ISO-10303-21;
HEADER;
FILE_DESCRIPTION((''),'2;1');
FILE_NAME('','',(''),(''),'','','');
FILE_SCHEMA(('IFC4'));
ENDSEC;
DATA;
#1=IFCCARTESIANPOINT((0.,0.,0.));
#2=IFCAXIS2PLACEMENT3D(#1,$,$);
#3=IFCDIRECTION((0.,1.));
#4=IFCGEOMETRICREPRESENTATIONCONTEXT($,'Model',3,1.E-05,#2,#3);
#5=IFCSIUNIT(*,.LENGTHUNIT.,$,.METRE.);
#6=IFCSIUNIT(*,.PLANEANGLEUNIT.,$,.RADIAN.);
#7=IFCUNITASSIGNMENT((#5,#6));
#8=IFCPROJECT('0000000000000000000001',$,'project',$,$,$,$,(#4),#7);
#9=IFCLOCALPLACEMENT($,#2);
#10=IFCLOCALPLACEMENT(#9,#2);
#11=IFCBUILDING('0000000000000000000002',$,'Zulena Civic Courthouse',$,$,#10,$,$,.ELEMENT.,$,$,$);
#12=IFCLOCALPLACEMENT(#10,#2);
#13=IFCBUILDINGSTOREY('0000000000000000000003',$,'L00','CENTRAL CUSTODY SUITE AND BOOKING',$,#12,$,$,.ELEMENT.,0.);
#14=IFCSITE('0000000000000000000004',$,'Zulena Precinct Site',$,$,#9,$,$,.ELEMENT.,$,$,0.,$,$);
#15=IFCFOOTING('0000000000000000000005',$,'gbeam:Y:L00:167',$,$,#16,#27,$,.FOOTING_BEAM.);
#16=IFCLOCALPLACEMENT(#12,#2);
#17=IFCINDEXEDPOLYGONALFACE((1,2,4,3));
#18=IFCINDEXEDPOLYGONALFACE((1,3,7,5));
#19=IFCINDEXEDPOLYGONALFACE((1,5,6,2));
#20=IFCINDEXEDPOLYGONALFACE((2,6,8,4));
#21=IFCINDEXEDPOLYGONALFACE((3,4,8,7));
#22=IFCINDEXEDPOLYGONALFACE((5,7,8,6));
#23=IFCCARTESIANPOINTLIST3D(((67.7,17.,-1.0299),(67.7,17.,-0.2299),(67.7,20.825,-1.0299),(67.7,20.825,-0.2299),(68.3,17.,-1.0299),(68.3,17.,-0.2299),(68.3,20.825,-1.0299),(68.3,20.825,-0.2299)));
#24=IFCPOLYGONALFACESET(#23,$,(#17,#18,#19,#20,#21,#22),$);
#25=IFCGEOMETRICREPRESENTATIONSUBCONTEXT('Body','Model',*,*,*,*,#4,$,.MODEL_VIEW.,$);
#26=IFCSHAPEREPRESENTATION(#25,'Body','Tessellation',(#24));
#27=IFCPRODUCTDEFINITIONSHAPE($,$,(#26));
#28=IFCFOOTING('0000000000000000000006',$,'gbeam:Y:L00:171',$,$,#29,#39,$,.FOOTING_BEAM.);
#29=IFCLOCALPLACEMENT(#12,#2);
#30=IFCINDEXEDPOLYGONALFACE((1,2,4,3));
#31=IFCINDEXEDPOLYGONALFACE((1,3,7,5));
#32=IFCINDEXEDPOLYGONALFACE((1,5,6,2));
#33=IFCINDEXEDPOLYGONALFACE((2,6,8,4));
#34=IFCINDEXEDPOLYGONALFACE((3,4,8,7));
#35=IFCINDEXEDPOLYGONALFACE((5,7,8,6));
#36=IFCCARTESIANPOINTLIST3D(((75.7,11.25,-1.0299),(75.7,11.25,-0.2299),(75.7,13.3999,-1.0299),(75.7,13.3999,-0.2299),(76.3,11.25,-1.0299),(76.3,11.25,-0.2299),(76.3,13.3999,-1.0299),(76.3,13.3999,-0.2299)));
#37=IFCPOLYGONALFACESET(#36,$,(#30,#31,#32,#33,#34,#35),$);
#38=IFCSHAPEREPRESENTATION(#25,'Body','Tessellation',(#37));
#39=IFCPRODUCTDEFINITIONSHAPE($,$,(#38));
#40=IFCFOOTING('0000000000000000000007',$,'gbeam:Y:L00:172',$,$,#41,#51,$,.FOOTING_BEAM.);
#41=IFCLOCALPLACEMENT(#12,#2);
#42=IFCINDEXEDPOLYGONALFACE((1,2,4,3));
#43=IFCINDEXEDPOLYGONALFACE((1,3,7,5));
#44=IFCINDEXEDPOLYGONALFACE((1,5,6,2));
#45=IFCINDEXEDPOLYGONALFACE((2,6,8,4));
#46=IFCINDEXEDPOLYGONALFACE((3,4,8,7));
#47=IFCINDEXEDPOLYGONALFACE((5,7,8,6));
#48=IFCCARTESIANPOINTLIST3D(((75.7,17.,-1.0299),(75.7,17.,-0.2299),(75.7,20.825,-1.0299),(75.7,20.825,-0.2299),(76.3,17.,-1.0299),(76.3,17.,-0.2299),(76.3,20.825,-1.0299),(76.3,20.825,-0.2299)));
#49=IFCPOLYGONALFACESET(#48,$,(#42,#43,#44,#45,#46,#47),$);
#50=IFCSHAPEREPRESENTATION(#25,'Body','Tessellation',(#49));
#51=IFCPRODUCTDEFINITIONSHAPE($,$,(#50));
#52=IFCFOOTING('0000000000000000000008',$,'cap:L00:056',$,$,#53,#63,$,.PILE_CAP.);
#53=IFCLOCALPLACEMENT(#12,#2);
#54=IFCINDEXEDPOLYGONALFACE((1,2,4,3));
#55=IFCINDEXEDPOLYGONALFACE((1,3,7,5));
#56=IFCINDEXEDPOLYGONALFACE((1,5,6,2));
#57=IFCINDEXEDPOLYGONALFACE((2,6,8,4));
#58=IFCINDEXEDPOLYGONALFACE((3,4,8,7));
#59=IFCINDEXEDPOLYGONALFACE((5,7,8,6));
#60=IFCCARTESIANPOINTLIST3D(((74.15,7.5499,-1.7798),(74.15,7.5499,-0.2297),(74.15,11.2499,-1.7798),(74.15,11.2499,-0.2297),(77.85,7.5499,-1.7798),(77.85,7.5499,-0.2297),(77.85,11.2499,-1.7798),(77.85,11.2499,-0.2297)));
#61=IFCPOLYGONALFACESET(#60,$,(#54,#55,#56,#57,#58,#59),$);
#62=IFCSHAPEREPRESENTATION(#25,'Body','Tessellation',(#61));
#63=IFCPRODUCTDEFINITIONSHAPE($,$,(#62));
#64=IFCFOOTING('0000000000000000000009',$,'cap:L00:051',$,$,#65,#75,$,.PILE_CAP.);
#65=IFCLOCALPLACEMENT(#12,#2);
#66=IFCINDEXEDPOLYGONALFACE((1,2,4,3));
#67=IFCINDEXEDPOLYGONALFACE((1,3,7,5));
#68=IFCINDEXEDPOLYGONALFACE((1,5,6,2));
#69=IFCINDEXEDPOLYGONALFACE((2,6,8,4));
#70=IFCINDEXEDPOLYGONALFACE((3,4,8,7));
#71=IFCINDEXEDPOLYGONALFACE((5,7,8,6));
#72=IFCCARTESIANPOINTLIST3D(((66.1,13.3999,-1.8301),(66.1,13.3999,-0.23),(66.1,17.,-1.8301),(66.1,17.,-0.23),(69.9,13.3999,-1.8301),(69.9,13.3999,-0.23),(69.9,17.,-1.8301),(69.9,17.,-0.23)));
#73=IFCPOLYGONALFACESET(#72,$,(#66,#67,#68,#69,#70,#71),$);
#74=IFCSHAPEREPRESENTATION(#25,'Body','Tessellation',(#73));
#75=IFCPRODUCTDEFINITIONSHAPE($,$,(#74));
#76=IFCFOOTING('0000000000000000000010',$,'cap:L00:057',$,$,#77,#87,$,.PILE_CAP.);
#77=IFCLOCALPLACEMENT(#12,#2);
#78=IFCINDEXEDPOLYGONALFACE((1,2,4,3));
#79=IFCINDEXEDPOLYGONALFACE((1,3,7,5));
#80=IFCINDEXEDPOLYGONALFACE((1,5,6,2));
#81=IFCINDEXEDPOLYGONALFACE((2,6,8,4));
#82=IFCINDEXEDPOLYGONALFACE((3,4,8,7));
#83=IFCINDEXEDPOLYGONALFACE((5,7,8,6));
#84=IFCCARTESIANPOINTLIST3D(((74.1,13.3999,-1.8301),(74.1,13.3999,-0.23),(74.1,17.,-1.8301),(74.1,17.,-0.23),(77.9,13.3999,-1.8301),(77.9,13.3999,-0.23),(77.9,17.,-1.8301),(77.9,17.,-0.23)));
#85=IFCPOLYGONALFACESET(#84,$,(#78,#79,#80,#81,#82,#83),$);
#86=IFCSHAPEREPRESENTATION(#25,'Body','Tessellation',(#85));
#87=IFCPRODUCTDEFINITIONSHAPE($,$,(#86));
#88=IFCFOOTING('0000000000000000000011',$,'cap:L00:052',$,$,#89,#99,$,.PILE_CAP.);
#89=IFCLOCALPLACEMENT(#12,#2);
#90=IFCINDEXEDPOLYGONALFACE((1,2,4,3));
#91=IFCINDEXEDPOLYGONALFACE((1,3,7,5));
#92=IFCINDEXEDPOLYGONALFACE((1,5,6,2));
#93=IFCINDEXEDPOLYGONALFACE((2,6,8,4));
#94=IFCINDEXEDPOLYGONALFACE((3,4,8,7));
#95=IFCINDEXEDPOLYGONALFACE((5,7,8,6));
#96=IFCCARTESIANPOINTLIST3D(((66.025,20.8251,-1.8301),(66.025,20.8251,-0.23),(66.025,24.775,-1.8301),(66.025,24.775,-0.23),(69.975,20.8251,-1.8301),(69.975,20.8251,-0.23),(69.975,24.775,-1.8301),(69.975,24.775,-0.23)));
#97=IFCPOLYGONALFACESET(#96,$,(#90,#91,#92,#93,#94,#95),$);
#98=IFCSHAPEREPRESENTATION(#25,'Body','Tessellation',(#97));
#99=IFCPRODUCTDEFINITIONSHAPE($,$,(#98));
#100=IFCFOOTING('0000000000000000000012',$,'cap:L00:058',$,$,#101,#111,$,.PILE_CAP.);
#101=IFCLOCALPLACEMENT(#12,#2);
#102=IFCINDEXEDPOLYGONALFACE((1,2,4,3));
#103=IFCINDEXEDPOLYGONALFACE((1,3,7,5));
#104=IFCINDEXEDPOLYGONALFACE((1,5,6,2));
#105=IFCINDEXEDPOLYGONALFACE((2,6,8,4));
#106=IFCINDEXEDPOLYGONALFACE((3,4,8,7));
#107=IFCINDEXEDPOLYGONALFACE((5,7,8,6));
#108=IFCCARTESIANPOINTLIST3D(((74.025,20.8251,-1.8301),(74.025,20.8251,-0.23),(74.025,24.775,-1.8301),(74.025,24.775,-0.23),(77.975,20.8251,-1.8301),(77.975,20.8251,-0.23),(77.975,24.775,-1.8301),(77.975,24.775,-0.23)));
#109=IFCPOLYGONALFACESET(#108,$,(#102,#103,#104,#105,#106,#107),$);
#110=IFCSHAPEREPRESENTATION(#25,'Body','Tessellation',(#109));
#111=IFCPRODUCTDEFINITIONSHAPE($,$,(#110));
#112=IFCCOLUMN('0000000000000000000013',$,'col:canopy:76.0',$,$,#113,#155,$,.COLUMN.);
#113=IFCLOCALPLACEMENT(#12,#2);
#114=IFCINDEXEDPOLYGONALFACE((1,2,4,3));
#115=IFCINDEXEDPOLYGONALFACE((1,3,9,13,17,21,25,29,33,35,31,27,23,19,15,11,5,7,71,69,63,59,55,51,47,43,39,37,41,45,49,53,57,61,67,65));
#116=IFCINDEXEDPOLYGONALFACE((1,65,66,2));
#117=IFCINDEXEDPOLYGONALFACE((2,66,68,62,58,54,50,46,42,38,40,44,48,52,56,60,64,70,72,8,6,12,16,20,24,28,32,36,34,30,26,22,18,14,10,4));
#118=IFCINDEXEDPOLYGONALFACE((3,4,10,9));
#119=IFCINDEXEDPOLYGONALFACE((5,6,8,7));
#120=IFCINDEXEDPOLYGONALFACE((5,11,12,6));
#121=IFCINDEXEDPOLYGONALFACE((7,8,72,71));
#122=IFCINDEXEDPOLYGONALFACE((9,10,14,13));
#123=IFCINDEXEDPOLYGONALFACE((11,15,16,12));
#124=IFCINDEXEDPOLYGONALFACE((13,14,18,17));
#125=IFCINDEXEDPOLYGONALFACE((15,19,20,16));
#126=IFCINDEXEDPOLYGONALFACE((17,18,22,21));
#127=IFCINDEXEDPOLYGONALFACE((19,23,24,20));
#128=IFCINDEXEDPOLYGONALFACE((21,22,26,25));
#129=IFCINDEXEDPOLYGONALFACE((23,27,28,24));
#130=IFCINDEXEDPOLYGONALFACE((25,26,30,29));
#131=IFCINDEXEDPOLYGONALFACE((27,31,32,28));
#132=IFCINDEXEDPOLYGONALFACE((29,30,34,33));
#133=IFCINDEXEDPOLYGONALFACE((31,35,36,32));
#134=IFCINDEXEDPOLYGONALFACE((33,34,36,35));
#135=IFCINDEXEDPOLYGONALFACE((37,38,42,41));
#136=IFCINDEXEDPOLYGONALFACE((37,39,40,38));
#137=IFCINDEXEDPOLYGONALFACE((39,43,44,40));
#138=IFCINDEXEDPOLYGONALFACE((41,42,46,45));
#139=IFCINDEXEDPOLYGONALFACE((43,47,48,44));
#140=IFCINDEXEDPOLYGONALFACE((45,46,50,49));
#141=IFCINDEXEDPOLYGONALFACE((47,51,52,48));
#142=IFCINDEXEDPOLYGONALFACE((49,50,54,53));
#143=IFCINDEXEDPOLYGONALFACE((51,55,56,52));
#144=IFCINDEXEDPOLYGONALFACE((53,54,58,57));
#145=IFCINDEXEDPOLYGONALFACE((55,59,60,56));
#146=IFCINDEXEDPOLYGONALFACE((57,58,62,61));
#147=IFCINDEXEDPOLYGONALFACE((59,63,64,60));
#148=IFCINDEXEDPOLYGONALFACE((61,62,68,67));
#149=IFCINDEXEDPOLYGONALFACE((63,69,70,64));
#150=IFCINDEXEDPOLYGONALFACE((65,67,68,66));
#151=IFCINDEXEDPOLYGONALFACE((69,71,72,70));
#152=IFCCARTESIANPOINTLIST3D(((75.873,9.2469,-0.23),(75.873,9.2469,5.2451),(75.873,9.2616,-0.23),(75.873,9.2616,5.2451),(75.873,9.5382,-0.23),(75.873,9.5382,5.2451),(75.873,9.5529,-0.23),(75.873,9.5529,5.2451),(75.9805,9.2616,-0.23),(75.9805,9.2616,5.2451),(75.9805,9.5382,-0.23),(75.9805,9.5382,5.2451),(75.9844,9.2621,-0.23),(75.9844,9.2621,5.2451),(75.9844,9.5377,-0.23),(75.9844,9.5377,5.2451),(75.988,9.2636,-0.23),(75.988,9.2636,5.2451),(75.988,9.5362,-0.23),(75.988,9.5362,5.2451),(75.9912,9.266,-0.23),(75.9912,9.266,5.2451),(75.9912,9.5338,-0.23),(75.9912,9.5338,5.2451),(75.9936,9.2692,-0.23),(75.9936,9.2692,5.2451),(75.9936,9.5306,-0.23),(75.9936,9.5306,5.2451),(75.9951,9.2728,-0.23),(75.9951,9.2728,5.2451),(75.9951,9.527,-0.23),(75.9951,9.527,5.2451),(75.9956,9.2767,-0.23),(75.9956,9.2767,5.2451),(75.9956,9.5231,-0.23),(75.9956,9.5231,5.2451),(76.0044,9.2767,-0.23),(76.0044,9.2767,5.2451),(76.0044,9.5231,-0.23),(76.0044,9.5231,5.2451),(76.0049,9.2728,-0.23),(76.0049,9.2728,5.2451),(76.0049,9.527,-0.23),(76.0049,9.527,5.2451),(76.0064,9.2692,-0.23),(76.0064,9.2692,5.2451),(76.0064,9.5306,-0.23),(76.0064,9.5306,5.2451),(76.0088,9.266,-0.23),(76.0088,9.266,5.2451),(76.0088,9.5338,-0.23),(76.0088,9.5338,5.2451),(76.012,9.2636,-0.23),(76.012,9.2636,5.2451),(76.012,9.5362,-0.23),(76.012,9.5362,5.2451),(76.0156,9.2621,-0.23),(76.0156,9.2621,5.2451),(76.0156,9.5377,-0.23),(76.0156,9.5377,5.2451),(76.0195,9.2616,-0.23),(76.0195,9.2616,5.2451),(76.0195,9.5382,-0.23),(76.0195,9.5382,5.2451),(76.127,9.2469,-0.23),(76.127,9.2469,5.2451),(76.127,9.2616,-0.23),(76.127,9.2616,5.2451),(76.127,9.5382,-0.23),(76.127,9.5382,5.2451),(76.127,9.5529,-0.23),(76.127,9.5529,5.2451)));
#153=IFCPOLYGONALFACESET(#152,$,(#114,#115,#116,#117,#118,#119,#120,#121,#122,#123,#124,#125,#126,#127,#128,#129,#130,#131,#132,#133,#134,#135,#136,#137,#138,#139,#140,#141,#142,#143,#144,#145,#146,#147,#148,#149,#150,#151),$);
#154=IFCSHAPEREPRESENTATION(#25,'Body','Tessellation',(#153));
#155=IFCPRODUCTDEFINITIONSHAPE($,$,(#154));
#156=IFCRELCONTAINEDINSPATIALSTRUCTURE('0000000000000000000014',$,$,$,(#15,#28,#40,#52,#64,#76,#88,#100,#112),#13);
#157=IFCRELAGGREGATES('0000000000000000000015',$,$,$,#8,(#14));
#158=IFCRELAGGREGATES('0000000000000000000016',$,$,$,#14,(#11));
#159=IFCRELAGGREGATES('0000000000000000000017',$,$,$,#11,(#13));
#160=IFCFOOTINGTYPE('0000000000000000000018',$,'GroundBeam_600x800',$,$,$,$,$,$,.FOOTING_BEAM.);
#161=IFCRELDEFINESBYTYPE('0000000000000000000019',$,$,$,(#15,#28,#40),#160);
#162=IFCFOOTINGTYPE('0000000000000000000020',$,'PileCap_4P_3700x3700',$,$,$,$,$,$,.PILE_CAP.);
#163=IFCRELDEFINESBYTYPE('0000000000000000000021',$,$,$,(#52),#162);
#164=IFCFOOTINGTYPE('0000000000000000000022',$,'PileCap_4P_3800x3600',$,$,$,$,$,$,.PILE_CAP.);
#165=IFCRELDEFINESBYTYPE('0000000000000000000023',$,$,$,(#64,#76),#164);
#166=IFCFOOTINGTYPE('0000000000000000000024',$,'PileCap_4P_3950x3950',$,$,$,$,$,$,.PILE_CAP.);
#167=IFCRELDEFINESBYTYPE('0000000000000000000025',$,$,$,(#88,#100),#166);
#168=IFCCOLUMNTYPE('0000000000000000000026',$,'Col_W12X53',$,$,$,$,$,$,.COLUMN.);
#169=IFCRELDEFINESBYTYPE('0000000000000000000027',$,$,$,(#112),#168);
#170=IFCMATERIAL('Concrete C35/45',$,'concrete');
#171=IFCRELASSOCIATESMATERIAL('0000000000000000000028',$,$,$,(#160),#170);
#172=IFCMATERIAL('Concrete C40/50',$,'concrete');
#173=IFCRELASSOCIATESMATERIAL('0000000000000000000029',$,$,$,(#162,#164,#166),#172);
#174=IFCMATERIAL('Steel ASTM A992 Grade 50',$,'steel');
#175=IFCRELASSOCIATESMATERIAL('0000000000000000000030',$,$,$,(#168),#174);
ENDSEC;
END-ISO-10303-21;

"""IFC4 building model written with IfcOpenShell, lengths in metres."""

from ifc_helpers import new_model, si_unit, direction, frame, origin, origin_2d, place, context, subcontext, project, spatial, rectangle, i_section, extrude, material, material_profile, profile_set, type_object, element, save


model = new_model("IFC4")

# Units and contexts
model_context = context("Model", 3, precision=1e-05, world=origin(), true_north=direction((0.0, 1.0)))
body_context = subcontext(model_context, "Body", "Model", "MODEL_VIEW")
ifc_project = project(units=[si_unit("LENGTHUNIT", "METRE"), si_unit("PLANEANGLEUNIT", "RADIAN")], contexts=[model_context])

# Site, building, storey
site_placement = place(None, origin())
site = spatial("IfcSite", under=ifc_project, at=site_placement, Name="Zulena Precinct Site", CompositionType="ELEMENT", RefElevation=0.0)
building_placement = place(site_placement, origin())
building = spatial("IfcBuilding", under=site, at=building_placement, Name="Zulena Civic Courthouse", CompositionType="ELEMENT")
storey_placement = place(building_placement, origin())
storey = spatial("IfcBuildingStorey", under=building, at=storey_placement, Name="L00", Description="CENTRAL CUSTODY SUITE AND BOOKING", CompositionType="ELEMENT", Elevation=0.0)

# Shared definitions
ifc_material_1 = material(Name="Concrete C40/50", Category="concrete")

# Footings
ifc_material_2 = material(Name="Concrete C35/45", Category="concrete")
ifc_material_profile_1 = material_profile(ifc_material_2, rectangle(XDim=0.6001, YDim=0.8, at=origin_2d()), Name="RC600X800")
ifc_profile_set_1 = profile_set([ifc_material_profile_1], Name="Concrete C35/45")
footing_type_1 = type_object("IfcFootingType", Name="GroundBeam_600x800", PredefinedType="FOOTING_BEAM", material=ifc_profile_set_1)
footing_1_placement = place(storey_placement, frame((68.0, 17.0, -0.6299), z_axis=(0.0, 1.0, 0.0), x_axis=(-1.0, 0.0, 0.0)))
element("IfcFooting", 1, at=footing_1_placement, inside=storey, type_object=footing_type_1, Name="gbeam:Y:L00:167", PredefinedType="FOOTING_BEAM", context=body_context, shape_type="SweptSolid", body=[
    extrude(rectangle(XDim=0.6001, YDim=0.8, at=origin_2d()), origin(), (0.0, 0.0, 1.0), 3.825),
])
footing_2_placement = place(storey_placement, frame((76.0, 11.25, -0.6299), z_axis=(0.0, 1.0, 0.0), x_axis=(-1.0, 0.0, 0.0)))
element("IfcFooting", 2, at=footing_2_placement, inside=storey, type_object=footing_type_1, Name="gbeam:Y:L00:171", PredefinedType="FOOTING_BEAM", context=body_context, shape_type="SweptSolid", body=[
    extrude(rectangle(XDim=0.6001, YDim=0.8, at=origin_2d()), origin(), (0.0, 0.0, 1.0), 2.1499),
])
footing_3_placement = place(storey_placement, frame((76.0, 17.0, -0.6299), z_axis=(0.0, 1.0, 0.0), x_axis=(-1.0, 0.0, 0.0)))
element("IfcFooting", 3, at=footing_3_placement, inside=storey, type_object=footing_type_1, Name="gbeam:Y:L00:172", PredefinedType="FOOTING_BEAM", context=body_context, shape_type="SweptSolid", body=[
    extrude(rectangle(XDim=0.6001, YDim=0.8, at=origin_2d()), origin(), (0.0, 0.0, 1.0), 3.825),
])
footing_type_2 = type_object("IfcFootingType", Name="PileCap_4P_3700x3700", PredefinedType="PILE_CAP", material=ifc_material_1)
footing_4_placement = place(storey_placement, frame((76.0, 9.3999, -1.7798), z_axis=(0.0, 0.0, 1.0), x_axis=(1.0, 0.0, 0.0)))
element("IfcFooting", 4, at=footing_4_placement, inside=storey, type_object=footing_type_2, Name="cap:L00:056", PredefinedType="PILE_CAP", context=body_context, shape_type="SweptSolid", body=[
    extrude(rectangle(XDim=3.7, YDim=3.7, at=origin_2d()), origin(), (0.0, 0.0, 1.0), 1.55),
])
footing_type_3 = type_object("IfcFootingType", Name="PileCap_4P_3800x3600", PredefinedType="PILE_CAP", material=ifc_material_1)
for number, where, z_axis, x_axis, name in (
    (5, (68.0, 15.2, -1.8301), (0.0, 0.0, 1.0), (1.0, 0.0, 0.0), "cap:L00:051"),
    (6, (76.0, 15.2, -1.8301), (0.0, 0.0, 1.0), (1.0, 0.0, 0.0), "cap:L00:057"),
):
    element("IfcFooting", number, at=place(storey_placement, frame(where, z_axis=z_axis, x_axis=x_axis)), inside=storey, type_object=footing_type_3, Name=name, PredefinedType="PILE_CAP", context=body_context, shape_type="SweptSolid", body=[
        extrude(rectangle(XDim=3.8, YDim=3.6001, at=origin_2d()), origin(), (0.0, 0.0, 1.0), 1.6001),
    ])
footing_type_4 = type_object("IfcFootingType", Name="PileCap_4P_3950x3950", PredefinedType="PILE_CAP", material=ifc_material_1)
for number, where, z_axis, x_axis, name in (
    (7, (68.0, 22.8, -1.8301), (0.0, 0.0, 1.0), (1.0, 0.0, 0.0), "cap:L00:052"),
    (8, (76.0, 22.8, -1.8301), (0.0, 0.0, 1.0), (1.0, 0.0, 0.0), "cap:L00:058"),
):
    element("IfcFooting", number, at=place(storey_placement, frame(where, z_axis=z_axis, x_axis=x_axis)), inside=storey, type_object=footing_type_4, Name=name, PredefinedType="PILE_CAP", context=body_context, shape_type="SweptSolid", body=[
        extrude(rectangle(XDim=3.95, YDim=3.95, at=origin_2d()), origin(), (0.0, 0.0, 1.0), 1.6001),
    ])

# Column
ifc_material_3 = material(Name="Steel ASTM A992 Grade 50", Category="steel")
ifc_material_profile_2 = material_profile(ifc_material_3, i_section(OverallWidth=0.2539, OverallDepth=0.3059, WebThickness=0.0088, FlangeThickness=0.0146, FilletRadius=0.0151, at=origin_2d()), Name="W12X53")
ifc_profile_set_2 = profile_set([ifc_material_profile_2], Name="Steel ASTM A992 Grade 50")
column_type_1 = type_object("IfcColumnType", Name="Col_W12X53", PredefinedType="COLUMN", material=ifc_profile_set_2)
column_1_placement = place(storey_placement, frame((76.0, 9.3999, -0.23), z_axis=(0.0, 0.0, 1.0), x_axis=(1.0, 0.0, 0.0)))
element("IfcColumn", 9, at=column_1_placement, inside=storey, type_object=column_type_1, Name="col:canopy:76.0", PredefinedType="COLUMN", context=body_context, shape_type="SweptSolid", body=[
    extrude(i_section(OverallWidth=0.2539, OverallDepth=0.3059, WebThickness=0.0088, FlangeThickness=0.0146, FilletRadius=0.0151, at=origin_2d()), origin(), (0.0, 0.0, 1.0), 5.4751),
])

save(model, "model.ifc")
